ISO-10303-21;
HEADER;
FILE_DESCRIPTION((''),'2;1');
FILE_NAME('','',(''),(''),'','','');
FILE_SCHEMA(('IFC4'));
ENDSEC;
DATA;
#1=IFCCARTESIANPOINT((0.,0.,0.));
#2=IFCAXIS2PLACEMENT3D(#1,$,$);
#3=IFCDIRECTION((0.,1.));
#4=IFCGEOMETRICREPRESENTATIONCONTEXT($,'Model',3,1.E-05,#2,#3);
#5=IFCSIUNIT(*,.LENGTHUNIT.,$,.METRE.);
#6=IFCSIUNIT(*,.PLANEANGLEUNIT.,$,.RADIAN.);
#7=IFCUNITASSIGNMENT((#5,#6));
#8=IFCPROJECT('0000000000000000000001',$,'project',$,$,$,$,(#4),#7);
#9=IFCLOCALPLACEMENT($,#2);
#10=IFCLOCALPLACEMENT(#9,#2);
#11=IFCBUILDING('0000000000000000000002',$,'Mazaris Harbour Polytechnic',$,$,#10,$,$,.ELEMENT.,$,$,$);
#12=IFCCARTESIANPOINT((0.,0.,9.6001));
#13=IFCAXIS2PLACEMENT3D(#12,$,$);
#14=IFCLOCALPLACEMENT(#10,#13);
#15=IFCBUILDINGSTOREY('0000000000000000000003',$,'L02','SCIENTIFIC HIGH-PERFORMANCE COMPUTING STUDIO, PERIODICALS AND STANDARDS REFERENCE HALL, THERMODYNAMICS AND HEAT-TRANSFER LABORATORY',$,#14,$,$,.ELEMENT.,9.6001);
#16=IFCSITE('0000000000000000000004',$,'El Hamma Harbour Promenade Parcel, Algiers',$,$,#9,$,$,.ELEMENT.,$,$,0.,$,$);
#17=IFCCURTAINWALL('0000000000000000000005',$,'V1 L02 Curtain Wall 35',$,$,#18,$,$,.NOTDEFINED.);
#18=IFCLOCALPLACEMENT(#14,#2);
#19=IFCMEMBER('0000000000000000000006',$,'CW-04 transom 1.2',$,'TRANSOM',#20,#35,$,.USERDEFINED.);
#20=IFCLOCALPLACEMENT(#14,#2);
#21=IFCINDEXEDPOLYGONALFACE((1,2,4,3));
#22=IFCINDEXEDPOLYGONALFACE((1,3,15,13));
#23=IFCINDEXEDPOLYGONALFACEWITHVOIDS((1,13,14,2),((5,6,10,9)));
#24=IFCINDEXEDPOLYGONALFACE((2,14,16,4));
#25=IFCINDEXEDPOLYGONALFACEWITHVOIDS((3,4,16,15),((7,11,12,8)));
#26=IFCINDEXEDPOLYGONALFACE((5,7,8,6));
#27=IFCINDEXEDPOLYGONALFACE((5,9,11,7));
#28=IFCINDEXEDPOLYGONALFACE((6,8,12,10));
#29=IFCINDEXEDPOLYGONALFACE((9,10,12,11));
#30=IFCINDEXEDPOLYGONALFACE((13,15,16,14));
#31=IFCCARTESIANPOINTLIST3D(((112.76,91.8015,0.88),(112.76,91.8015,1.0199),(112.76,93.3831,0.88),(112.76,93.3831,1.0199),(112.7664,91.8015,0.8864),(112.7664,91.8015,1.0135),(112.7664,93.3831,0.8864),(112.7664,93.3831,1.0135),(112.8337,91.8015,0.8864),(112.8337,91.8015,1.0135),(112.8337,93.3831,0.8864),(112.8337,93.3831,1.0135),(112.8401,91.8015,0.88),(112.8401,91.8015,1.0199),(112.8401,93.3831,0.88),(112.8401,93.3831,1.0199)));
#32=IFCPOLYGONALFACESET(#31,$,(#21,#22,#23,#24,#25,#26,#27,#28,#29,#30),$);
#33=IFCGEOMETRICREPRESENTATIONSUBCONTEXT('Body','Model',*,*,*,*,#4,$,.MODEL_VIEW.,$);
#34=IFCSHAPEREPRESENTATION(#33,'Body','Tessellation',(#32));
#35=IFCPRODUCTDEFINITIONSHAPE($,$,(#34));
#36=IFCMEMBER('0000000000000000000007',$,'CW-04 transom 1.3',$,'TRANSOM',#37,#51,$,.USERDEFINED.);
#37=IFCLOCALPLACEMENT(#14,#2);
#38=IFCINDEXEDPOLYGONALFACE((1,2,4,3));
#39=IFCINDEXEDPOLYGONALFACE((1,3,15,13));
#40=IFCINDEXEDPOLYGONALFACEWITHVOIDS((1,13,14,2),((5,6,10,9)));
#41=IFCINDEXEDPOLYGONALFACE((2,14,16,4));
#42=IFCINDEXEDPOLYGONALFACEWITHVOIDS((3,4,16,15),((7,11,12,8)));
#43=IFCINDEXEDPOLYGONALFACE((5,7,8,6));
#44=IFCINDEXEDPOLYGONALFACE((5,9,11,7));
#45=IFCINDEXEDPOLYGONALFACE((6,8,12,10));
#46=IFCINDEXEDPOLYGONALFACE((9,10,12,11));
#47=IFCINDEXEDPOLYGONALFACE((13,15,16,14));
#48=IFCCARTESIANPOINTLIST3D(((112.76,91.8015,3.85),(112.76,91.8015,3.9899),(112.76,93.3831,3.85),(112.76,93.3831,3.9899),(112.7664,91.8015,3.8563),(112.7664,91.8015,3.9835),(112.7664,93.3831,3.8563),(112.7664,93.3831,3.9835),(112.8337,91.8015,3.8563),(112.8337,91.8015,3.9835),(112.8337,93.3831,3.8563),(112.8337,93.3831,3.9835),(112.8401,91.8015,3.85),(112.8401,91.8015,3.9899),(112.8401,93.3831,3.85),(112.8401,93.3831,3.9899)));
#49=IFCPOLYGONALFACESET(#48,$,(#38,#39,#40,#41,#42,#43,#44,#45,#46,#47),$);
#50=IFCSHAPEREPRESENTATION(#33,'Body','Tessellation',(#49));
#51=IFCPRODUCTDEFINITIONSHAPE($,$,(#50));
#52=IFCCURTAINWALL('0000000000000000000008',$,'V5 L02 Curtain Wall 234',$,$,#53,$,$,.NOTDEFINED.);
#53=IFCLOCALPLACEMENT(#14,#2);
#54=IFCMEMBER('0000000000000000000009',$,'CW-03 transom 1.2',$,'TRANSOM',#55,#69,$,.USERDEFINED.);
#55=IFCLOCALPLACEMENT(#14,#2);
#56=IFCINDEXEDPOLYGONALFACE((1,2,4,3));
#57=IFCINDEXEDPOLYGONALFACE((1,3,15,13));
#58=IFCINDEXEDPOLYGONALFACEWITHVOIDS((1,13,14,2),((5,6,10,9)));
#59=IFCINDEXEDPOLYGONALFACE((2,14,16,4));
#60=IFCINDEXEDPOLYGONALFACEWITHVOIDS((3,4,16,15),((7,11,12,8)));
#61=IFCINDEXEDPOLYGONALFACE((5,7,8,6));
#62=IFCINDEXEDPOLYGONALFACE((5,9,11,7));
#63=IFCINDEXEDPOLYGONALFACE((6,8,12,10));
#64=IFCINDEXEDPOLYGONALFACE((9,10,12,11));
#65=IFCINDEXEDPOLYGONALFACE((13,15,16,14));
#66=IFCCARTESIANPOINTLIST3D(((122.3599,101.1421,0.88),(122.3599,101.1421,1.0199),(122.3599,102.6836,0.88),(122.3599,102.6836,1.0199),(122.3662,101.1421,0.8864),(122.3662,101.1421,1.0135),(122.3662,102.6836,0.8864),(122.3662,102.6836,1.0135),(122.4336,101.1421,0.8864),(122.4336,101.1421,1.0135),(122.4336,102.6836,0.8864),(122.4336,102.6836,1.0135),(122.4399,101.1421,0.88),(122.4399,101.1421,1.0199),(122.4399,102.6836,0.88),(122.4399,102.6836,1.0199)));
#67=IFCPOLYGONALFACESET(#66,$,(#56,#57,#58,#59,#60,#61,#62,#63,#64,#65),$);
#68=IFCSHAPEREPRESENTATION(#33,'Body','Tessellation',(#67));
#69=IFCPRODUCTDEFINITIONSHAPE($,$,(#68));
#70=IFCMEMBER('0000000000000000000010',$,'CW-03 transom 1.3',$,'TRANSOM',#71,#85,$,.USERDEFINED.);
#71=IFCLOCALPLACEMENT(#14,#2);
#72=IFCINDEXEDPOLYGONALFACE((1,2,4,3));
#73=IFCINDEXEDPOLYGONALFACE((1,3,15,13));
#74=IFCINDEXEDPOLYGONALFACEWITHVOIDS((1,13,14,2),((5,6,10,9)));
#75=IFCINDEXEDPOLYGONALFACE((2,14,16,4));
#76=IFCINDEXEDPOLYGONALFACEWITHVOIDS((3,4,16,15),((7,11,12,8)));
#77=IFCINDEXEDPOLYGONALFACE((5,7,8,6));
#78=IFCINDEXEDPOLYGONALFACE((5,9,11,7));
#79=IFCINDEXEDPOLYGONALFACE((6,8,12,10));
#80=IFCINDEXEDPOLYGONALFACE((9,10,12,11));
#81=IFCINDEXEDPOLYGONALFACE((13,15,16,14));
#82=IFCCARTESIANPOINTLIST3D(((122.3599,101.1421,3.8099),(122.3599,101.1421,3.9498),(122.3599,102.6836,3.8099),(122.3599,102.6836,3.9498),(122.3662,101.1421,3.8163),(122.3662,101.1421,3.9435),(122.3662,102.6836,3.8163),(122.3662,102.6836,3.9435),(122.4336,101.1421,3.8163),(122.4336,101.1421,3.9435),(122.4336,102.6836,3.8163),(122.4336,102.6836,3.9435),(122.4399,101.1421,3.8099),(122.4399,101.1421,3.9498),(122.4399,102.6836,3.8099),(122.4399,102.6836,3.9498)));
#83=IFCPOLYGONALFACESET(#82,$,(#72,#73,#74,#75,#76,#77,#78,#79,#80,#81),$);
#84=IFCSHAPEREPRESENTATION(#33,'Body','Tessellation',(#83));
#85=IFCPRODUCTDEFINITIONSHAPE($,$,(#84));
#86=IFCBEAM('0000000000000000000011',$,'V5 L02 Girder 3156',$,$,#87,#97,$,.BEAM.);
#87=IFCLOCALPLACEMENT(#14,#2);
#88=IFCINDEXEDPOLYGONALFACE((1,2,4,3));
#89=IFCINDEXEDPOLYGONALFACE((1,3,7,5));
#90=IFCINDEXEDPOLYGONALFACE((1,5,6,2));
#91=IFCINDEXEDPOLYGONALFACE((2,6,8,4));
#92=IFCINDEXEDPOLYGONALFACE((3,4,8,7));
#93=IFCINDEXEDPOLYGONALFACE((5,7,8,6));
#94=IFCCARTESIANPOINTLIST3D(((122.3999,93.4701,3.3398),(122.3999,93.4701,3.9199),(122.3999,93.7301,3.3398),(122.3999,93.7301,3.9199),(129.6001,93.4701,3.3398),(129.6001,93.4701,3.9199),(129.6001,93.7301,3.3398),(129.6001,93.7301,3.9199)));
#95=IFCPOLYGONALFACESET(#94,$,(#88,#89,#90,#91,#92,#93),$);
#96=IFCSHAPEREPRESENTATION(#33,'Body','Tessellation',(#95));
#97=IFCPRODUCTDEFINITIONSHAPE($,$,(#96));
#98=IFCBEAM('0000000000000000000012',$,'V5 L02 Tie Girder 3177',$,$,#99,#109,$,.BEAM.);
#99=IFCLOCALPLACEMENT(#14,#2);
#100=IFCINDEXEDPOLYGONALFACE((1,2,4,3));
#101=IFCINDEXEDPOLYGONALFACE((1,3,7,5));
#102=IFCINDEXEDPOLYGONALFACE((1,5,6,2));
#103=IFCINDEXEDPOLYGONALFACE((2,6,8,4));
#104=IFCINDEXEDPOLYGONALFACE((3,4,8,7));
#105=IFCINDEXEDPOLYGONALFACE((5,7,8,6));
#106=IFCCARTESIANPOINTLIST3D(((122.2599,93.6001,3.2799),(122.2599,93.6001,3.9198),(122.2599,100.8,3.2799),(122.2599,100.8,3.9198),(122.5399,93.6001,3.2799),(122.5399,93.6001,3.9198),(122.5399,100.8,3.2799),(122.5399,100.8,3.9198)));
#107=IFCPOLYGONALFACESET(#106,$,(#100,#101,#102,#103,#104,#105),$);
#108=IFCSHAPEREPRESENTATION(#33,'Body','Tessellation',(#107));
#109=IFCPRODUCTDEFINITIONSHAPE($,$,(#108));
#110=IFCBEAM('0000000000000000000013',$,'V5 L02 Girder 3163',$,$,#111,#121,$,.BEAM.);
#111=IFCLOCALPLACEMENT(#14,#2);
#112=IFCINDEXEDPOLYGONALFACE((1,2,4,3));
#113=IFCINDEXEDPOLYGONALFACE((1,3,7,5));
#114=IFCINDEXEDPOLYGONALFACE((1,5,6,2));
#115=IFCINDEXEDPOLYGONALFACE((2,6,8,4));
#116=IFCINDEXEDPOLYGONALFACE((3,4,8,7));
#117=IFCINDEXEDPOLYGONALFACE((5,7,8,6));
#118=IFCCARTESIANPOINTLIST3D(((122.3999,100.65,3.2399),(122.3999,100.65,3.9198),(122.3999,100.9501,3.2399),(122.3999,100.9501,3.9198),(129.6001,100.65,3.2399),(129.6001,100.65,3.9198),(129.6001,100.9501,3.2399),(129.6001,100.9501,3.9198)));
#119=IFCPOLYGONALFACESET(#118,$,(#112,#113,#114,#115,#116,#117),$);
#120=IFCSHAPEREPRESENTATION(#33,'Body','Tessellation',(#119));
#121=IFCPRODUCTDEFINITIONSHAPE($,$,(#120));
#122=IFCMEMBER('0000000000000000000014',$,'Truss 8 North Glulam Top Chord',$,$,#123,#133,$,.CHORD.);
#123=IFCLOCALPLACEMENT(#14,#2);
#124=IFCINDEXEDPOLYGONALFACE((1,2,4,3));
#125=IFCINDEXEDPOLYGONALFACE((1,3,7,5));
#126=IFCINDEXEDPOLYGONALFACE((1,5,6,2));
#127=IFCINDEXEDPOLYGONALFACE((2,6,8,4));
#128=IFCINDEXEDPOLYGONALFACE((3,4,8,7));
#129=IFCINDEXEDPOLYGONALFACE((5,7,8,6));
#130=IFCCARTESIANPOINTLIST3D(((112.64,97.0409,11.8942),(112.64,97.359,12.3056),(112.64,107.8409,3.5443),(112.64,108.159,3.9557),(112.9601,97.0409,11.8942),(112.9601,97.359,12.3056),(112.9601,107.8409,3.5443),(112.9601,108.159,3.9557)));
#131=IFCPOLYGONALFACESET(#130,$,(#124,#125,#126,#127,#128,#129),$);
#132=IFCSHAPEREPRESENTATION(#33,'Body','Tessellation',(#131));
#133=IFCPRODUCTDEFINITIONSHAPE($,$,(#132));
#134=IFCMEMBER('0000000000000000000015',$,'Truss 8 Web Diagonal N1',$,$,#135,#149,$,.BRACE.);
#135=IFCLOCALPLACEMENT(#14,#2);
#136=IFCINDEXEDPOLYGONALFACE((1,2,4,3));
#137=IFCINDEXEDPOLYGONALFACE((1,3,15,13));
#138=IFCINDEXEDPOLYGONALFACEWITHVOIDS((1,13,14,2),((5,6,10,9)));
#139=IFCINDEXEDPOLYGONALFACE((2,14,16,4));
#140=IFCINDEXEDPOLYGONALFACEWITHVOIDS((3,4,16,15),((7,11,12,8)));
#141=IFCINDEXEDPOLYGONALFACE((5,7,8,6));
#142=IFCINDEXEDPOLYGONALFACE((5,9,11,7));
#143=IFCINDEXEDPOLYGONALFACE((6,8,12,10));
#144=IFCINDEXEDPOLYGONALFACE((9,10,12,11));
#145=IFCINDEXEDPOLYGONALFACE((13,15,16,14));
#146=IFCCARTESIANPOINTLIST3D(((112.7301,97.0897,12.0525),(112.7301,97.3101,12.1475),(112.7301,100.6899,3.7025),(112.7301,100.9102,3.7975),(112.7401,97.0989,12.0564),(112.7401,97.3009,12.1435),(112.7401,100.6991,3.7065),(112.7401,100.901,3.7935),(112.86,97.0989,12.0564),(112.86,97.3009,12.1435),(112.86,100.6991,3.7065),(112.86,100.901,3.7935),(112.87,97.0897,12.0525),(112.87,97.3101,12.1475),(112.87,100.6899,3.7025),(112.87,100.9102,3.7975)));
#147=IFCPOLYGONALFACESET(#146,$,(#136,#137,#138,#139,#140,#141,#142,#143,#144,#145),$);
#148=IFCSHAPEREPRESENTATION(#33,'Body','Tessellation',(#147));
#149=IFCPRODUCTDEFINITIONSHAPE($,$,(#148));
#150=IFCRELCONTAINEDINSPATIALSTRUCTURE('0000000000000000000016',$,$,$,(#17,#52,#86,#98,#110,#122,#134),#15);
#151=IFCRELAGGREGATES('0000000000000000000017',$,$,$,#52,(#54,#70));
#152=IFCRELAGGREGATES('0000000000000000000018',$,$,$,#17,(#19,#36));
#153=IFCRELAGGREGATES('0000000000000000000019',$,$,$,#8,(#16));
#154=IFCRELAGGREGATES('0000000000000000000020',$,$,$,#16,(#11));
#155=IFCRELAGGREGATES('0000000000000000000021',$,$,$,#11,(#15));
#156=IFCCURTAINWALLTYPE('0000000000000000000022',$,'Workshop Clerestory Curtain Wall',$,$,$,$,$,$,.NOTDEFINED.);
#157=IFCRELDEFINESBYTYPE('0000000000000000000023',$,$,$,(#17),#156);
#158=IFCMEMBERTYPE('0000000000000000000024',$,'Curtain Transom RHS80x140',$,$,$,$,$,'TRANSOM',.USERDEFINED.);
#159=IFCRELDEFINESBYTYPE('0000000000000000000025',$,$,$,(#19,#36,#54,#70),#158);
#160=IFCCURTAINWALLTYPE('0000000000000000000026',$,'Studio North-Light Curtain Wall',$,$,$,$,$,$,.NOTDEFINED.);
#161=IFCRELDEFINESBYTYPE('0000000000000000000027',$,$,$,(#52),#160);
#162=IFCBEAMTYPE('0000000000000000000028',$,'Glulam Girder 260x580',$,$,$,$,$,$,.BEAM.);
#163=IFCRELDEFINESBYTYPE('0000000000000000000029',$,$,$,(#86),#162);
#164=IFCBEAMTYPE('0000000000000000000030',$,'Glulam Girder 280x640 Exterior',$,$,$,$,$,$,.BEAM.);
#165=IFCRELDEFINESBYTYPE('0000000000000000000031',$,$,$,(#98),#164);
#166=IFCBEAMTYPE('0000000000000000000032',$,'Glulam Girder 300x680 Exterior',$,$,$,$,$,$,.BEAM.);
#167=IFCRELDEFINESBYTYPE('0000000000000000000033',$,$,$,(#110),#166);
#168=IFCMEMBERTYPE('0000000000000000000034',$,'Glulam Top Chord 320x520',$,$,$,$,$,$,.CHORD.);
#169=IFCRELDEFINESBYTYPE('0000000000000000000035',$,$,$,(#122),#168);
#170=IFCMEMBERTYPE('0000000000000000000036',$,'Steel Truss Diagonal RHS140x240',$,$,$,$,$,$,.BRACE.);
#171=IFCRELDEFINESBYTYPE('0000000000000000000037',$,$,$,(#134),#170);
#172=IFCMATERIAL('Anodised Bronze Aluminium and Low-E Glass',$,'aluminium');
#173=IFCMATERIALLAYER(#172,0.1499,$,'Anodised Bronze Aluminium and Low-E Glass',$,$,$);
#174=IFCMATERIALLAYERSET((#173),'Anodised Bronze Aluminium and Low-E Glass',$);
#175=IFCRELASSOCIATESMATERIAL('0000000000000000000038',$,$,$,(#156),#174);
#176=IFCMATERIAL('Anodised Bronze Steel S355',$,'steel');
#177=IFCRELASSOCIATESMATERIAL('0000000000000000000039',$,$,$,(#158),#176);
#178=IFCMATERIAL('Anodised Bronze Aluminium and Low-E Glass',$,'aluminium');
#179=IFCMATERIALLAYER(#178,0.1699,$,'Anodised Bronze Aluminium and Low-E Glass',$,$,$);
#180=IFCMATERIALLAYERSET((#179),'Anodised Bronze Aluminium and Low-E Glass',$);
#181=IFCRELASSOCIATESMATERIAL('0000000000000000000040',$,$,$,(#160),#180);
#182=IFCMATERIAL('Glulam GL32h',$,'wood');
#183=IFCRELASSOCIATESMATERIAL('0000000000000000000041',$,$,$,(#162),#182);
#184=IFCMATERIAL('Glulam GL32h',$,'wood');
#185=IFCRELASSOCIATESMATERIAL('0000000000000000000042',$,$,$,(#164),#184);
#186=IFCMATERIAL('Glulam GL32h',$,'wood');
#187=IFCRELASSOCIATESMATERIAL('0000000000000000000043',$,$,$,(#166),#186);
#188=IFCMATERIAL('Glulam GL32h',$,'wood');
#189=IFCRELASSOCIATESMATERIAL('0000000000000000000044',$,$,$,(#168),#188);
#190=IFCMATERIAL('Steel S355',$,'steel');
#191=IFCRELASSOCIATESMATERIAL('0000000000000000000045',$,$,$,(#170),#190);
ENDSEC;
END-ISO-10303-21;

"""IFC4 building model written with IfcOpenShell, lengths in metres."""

from ifc_helpers import new_model, si_unit, direction, frame, origin, origin_2d, place, context, subcontext, project, spatial, rectangle, hollow_rectangle, extrude, material, layer, layer_set, material_profile, profile_set, type_object, element, aggregate, save


model = new_model("IFC4")

# Units and contexts
model_context = context("Model", 3, precision=1e-05, world=origin(), true_north=direction((0.0, 1.0)))
body_context = subcontext(model_context, "Body", "Model", "MODEL_VIEW")
ifc_project = project(units=[si_unit("LENGTHUNIT", "METRE"), si_unit("PLANEANGLEUNIT", "RADIAN")], contexts=[model_context])

# Site, building, storey
site_placement = place(None, origin())
site = spatial("IfcSite", under=ifc_project, at=site_placement, Name="El Hamma Harbour Promenade Parcel, Algiers", CompositionType="ELEMENT", RefElevation=0.0)
building_placement = place(site_placement, origin())
building = spatial("IfcBuilding", under=site, at=building_placement, Name="Mazaris Harbour Polytechnic", CompositionType="ELEMENT")
storey_placement = place(building_placement, frame((0.0, 0.0, 9.6001)))
storey = spatial("IfcBuildingStorey", under=building, at=storey_placement, Name="L02", Description="SCIENTIFIC HIGH-PERFORMANCE COMPUTING STUDIO, PERIODICALS AND STANDARDS REFERENCE HALL, THERMODYNAMICS AND HEAT-TRANSFER LABORATORY", CompositionType="ELEMENT", Elevation=9.6001)

# Curtain walls, members
ifc_material_1 = material(Name="Anodised Bronze Aluminium and Low-E Glass", Category="aluminium")
ifc_layer_1 = layer(ifc_material_1, 0.1499, Name="Anodised Bronze Aluminium and Low-E Glass")
ifc_layer_set_1 = layer_set([ifc_layer_1], Name="Anodised Bronze Aluminium and Low-E Glass")
curtain_wall_type_1 = type_object("IfcCurtainWallType", Name="Workshop Clerestory Curtain Wall", PredefinedType="NOTDEFINED", material=ifc_layer_set_1)
curtain_wall_1_placement = place(storey_placement, origin())
curtain_wall_1 = element("IfcCurtainWall", 1, at=curtain_wall_1_placement, inside=storey, type_object=curtain_wall_type_1, Name="V1 L02 Curtain Wall 35", PredefinedType="NOTDEFINED")
ifc_material_2 = material(Name="Anodised Bronze Steel S355", Category="steel")
ifc_material_profile_1 = material_profile(ifc_material_2, hollow_rectangle(XDim=0.0801, YDim=0.1399, WallThickness=0.0063, at=origin_2d()), Name="RHS 80x140x6.3")
ifc_profile_set_1 = profile_set([ifc_material_profile_1], Name="Anodised Bronze Steel S355")
member_type_1 = type_object("IfcMemberType", Name="Curtain Transom RHS80x140", ElementType="TRANSOM", PredefinedType="USERDEFINED", material=ifc_profile_set_1)
member_1_placement = place(storey_placement, frame((112.8, 93.3831, 0.95), z_axis=(0.0, -1.0, 0.0), x_axis=(1.0, 0.0, 0.0)))
member_1 = element("IfcMember", 2, at=member_1_placement, type_object=member_type_1, Name="CW-04 transom 1.2", ObjectType="TRANSOM", PredefinedType="USERDEFINED", context=body_context, shape_type="SweptSolid", body=[
    extrude(hollow_rectangle(XDim=0.0801, YDim=0.1399, WallThickness=0.0063, at=origin_2d()), origin(), (0.0, 0.0, 1.0), 1.5815),
])
member_2_placement = place(storey_placement, frame((112.8, 93.3831, 3.9199), z_axis=(0.0, -1.0, 0.0), x_axis=(1.0, 0.0, 0.0)))
member_2 = element("IfcMember", 3, at=member_2_placement, type_object=member_type_1, Name="CW-04 transom 1.3", ObjectType="TRANSOM", PredefinedType="USERDEFINED", context=body_context, shape_type="SweptSolid", body=[
    extrude(hollow_rectangle(XDim=0.0801, YDim=0.1399, WallThickness=0.0063, at=origin_2d()), origin(), (0.0, 0.0, 1.0), 1.5815),
])
ifc_material_3 = material(Name="Anodised Bronze Aluminium and Low-E Glass", Category="aluminium")
ifc_layer_2 = layer(ifc_material_3, 0.1699, Name="Anodised Bronze Aluminium and Low-E Glass")
ifc_layer_set_2 = layer_set([ifc_layer_2], Name="Anodised Bronze Aluminium and Low-E Glass")
curtain_wall_type_2 = type_object("IfcCurtainWallType", Name="Studio North-Light Curtain Wall", PredefinedType="NOTDEFINED", material=ifc_layer_set_2)
curtain_wall_2_placement = place(storey_placement, origin())
curtain_wall_2 = element("IfcCurtainWall", 4, at=curtain_wall_2_placement, inside=storey, type_object=curtain_wall_type_2, Name="V5 L02 Curtain Wall 234", PredefinedType="NOTDEFINED")
member_3_placement = place(storey_placement, frame((122.3999, 101.1421, 0.95), z_axis=(0.0, 1.0, 0.0), x_axis=(-1.0, 0.0, 0.0)))
member_3 = element("IfcMember", 5, at=member_3_placement, type_object=member_type_1, Name="CW-03 transom 1.2", ObjectType="TRANSOM", PredefinedType="USERDEFINED", context=body_context, shape_type="SweptSolid", body=[
    extrude(hollow_rectangle(XDim=0.0801, YDim=0.1399, WallThickness=0.0063, at=origin_2d()), origin(), (0.0, 0.0, 1.0), 1.5415),
])
member_4_placement = place(storey_placement, frame((122.3999, 101.1421, 3.8799), z_axis=(0.0, 1.0, 0.0), x_axis=(-1.0, 0.0, 0.0)))
member_4 = element("IfcMember", 6, at=member_4_placement, type_object=member_type_1, Name="CW-03 transom 1.3", ObjectType="TRANSOM", PredefinedType="USERDEFINED", context=body_context, shape_type="SweptSolid", body=[
    extrude(hollow_rectangle(XDim=0.0801, YDim=0.1399, WallThickness=0.0063, at=origin_2d()), origin(), (0.0, 0.0, 1.0), 1.5415),
])
aggregate(curtain_wall_2, [member_3, member_4])

# Beams
ifc_material_4 = material(Name="Glulam GL32h", Category="wood")
ifc_material_profile_2 = material_profile(ifc_material_4, rectangle(XDim=0.26, YDim=0.5801, at=origin_2d()), Name="RECT260x580")
ifc_profile_set_2 = profile_set([ifc_material_profile_2], Name="Glulam GL32h")
beam_type_1 = type_object("IfcBeamType", Name="Glulam Girder 260x580", PredefinedType="BEAM", material=ifc_profile_set_2)
beam_1_placement = place(storey_placement, frame((122.3999, 93.6001, 3.6299), z_axis=(1.0, 0.0, 0.0), x_axis=(0.0, 1.0, 0.0)))
element("IfcBeam", 7, at=beam_1_placement, inside=storey, type_object=beam_type_1, Name="V5 L02 Girder 3156", PredefinedType="BEAM", context=body_context, shape_type="SweptSolid", body=[
    extrude(rectangle(XDim=0.26, YDim=0.5801, at=origin_2d()), origin(), (0.0, 0.0, 1.0), 7.2002),
])
ifc_material_5 = material(Name="Glulam GL32h", Category="wood")
ifc_material_profile_3 = material_profile(ifc_material_5, rectangle(XDim=0.28, YDim=0.6399, at=origin_2d()), Name="RECT280x640")
ifc_profile_set_3 = profile_set([ifc_material_profile_3], Name="Glulam GL32h")
beam_type_2 = type_object("IfcBeamType", Name="Glulam Girder 280x640 Exterior", PredefinedType="BEAM", material=ifc_profile_set_3)
beam_2_placement = place(storey_placement, frame((122.3999, 93.6001, 3.5999), z_axis=(0.0, 1.0, 0.0), x_axis=(-1.0, 0.0, 0.0)))
element("IfcBeam", 8, at=beam_2_placement, inside=storey, type_object=beam_type_2, Name="V5 L02 Tie Girder 3177", PredefinedType="BEAM", context=body_context, shape_type="SweptSolid", body=[
    extrude(rectangle(XDim=0.28, YDim=0.6399, at=origin_2d()), origin(), (0.0, 0.0, 1.0), 7.2),
])
ifc_material_6 = material(Name="Glulam GL32h", Category="wood")
ifc_material_profile_4 = material_profile(ifc_material_6, rectangle(XDim=0.3, YDim=0.6799, at=origin_2d()), Name="RECT300x680")
ifc_profile_set_4 = profile_set([ifc_material_profile_4], Name="Glulam GL32h")
beam_type_3 = type_object("IfcBeamType", Name="Glulam Girder 300x680 Exterior", PredefinedType="BEAM", material=ifc_profile_set_4)
beam_3_placement = place(storey_placement, frame((122.3999, 100.8, 3.5798), z_axis=(1.0, 0.0, 0.0), x_axis=(0.0, 1.0, 0.0)))
element("IfcBeam", 9, at=beam_3_placement, inside=storey, type_object=beam_type_3, Name="V5 L02 Girder 3163", PredefinedType="BEAM", context=body_context, shape_type="SweptSolid", body=[
    extrude(rectangle(XDim=0.3, YDim=0.6799, at=origin_2d()), origin(), (0.0, 0.0, 1.0), 7.2002),
])

# Members
ifc_material_7 = material(Name="Glulam GL32h", Category="wood")
ifc_material_profile_5 = material_profile(ifc_material_7, rectangle(XDim=0.3201, YDim=0.52, at=origin_2d()), Name="RECT320x520")
ifc_profile_set_5 = profile_set([ifc_material_profile_5], Name="Glulam GL32h")
member_type_2 = type_object("IfcMemberType", Name="Glulam Top Chord 320x520", PredefinedType="CHORD", material=ifc_profile_set_5)
member_5_placement = place(storey_placement, frame((112.8, 97.2, 12.0999), z_axis=(0.0, 0.79113, -0.611648), x_axis=(-1.0, 0.0, 0.0)))
element("IfcMember", 10, at=member_5_placement, inside=storey, type_object=member_type_2, Name="Truss 8 North Glulam Top Chord", PredefinedType="CHORD", context=body_context, shape_type="SweptSolid", body=[
    extrude(rectangle(XDim=0.3201, YDim=0.52, at=origin_2d()), origin(), (0.0, 0.0, 1.0), 13.6514),
])
ifc_material_8 = material(Name="Steel S355", Category="steel")
ifc_material_profile_6 = material_profile(ifc_material_8, hollow_rectangle(XDim=0.1399, YDim=0.24, WallThickness=0.01, at=origin_2d()), Name="RHS 140x240x10.0")
ifc_profile_set_6 = profile_set([ifc_material_profile_6], Name="Steel S355")
member_type_3 = type_object("IfcMemberType", Name="Steel Truss Diagonal RHS140x240", PredefinedType="BRACE", material=ifc_profile_set_6)
member_6_placement = place(storey_placement, frame((112.8, 100.8, 3.75), z_axis=(0.0, -0.395924, 0.918283), x_axis=(1.0, 0.0, 0.0)))
element("IfcMember", 11, at=member_6_placement, inside=storey, type_object=member_type_3, Name="Truss 8 Web Diagonal N1", PredefinedType="BRACE", context=body_context, shape_type="SweptSolid", body=[
    extrude(hollow_rectangle(XDim=0.1399, YDim=0.24, WallThickness=0.01, at=origin_2d()), origin(), (0.0, 0.0, 1.0), 9.093),
])

aggregate(curtain_wall_1, [member_1, member_2])

save(model, "model.ifc")
